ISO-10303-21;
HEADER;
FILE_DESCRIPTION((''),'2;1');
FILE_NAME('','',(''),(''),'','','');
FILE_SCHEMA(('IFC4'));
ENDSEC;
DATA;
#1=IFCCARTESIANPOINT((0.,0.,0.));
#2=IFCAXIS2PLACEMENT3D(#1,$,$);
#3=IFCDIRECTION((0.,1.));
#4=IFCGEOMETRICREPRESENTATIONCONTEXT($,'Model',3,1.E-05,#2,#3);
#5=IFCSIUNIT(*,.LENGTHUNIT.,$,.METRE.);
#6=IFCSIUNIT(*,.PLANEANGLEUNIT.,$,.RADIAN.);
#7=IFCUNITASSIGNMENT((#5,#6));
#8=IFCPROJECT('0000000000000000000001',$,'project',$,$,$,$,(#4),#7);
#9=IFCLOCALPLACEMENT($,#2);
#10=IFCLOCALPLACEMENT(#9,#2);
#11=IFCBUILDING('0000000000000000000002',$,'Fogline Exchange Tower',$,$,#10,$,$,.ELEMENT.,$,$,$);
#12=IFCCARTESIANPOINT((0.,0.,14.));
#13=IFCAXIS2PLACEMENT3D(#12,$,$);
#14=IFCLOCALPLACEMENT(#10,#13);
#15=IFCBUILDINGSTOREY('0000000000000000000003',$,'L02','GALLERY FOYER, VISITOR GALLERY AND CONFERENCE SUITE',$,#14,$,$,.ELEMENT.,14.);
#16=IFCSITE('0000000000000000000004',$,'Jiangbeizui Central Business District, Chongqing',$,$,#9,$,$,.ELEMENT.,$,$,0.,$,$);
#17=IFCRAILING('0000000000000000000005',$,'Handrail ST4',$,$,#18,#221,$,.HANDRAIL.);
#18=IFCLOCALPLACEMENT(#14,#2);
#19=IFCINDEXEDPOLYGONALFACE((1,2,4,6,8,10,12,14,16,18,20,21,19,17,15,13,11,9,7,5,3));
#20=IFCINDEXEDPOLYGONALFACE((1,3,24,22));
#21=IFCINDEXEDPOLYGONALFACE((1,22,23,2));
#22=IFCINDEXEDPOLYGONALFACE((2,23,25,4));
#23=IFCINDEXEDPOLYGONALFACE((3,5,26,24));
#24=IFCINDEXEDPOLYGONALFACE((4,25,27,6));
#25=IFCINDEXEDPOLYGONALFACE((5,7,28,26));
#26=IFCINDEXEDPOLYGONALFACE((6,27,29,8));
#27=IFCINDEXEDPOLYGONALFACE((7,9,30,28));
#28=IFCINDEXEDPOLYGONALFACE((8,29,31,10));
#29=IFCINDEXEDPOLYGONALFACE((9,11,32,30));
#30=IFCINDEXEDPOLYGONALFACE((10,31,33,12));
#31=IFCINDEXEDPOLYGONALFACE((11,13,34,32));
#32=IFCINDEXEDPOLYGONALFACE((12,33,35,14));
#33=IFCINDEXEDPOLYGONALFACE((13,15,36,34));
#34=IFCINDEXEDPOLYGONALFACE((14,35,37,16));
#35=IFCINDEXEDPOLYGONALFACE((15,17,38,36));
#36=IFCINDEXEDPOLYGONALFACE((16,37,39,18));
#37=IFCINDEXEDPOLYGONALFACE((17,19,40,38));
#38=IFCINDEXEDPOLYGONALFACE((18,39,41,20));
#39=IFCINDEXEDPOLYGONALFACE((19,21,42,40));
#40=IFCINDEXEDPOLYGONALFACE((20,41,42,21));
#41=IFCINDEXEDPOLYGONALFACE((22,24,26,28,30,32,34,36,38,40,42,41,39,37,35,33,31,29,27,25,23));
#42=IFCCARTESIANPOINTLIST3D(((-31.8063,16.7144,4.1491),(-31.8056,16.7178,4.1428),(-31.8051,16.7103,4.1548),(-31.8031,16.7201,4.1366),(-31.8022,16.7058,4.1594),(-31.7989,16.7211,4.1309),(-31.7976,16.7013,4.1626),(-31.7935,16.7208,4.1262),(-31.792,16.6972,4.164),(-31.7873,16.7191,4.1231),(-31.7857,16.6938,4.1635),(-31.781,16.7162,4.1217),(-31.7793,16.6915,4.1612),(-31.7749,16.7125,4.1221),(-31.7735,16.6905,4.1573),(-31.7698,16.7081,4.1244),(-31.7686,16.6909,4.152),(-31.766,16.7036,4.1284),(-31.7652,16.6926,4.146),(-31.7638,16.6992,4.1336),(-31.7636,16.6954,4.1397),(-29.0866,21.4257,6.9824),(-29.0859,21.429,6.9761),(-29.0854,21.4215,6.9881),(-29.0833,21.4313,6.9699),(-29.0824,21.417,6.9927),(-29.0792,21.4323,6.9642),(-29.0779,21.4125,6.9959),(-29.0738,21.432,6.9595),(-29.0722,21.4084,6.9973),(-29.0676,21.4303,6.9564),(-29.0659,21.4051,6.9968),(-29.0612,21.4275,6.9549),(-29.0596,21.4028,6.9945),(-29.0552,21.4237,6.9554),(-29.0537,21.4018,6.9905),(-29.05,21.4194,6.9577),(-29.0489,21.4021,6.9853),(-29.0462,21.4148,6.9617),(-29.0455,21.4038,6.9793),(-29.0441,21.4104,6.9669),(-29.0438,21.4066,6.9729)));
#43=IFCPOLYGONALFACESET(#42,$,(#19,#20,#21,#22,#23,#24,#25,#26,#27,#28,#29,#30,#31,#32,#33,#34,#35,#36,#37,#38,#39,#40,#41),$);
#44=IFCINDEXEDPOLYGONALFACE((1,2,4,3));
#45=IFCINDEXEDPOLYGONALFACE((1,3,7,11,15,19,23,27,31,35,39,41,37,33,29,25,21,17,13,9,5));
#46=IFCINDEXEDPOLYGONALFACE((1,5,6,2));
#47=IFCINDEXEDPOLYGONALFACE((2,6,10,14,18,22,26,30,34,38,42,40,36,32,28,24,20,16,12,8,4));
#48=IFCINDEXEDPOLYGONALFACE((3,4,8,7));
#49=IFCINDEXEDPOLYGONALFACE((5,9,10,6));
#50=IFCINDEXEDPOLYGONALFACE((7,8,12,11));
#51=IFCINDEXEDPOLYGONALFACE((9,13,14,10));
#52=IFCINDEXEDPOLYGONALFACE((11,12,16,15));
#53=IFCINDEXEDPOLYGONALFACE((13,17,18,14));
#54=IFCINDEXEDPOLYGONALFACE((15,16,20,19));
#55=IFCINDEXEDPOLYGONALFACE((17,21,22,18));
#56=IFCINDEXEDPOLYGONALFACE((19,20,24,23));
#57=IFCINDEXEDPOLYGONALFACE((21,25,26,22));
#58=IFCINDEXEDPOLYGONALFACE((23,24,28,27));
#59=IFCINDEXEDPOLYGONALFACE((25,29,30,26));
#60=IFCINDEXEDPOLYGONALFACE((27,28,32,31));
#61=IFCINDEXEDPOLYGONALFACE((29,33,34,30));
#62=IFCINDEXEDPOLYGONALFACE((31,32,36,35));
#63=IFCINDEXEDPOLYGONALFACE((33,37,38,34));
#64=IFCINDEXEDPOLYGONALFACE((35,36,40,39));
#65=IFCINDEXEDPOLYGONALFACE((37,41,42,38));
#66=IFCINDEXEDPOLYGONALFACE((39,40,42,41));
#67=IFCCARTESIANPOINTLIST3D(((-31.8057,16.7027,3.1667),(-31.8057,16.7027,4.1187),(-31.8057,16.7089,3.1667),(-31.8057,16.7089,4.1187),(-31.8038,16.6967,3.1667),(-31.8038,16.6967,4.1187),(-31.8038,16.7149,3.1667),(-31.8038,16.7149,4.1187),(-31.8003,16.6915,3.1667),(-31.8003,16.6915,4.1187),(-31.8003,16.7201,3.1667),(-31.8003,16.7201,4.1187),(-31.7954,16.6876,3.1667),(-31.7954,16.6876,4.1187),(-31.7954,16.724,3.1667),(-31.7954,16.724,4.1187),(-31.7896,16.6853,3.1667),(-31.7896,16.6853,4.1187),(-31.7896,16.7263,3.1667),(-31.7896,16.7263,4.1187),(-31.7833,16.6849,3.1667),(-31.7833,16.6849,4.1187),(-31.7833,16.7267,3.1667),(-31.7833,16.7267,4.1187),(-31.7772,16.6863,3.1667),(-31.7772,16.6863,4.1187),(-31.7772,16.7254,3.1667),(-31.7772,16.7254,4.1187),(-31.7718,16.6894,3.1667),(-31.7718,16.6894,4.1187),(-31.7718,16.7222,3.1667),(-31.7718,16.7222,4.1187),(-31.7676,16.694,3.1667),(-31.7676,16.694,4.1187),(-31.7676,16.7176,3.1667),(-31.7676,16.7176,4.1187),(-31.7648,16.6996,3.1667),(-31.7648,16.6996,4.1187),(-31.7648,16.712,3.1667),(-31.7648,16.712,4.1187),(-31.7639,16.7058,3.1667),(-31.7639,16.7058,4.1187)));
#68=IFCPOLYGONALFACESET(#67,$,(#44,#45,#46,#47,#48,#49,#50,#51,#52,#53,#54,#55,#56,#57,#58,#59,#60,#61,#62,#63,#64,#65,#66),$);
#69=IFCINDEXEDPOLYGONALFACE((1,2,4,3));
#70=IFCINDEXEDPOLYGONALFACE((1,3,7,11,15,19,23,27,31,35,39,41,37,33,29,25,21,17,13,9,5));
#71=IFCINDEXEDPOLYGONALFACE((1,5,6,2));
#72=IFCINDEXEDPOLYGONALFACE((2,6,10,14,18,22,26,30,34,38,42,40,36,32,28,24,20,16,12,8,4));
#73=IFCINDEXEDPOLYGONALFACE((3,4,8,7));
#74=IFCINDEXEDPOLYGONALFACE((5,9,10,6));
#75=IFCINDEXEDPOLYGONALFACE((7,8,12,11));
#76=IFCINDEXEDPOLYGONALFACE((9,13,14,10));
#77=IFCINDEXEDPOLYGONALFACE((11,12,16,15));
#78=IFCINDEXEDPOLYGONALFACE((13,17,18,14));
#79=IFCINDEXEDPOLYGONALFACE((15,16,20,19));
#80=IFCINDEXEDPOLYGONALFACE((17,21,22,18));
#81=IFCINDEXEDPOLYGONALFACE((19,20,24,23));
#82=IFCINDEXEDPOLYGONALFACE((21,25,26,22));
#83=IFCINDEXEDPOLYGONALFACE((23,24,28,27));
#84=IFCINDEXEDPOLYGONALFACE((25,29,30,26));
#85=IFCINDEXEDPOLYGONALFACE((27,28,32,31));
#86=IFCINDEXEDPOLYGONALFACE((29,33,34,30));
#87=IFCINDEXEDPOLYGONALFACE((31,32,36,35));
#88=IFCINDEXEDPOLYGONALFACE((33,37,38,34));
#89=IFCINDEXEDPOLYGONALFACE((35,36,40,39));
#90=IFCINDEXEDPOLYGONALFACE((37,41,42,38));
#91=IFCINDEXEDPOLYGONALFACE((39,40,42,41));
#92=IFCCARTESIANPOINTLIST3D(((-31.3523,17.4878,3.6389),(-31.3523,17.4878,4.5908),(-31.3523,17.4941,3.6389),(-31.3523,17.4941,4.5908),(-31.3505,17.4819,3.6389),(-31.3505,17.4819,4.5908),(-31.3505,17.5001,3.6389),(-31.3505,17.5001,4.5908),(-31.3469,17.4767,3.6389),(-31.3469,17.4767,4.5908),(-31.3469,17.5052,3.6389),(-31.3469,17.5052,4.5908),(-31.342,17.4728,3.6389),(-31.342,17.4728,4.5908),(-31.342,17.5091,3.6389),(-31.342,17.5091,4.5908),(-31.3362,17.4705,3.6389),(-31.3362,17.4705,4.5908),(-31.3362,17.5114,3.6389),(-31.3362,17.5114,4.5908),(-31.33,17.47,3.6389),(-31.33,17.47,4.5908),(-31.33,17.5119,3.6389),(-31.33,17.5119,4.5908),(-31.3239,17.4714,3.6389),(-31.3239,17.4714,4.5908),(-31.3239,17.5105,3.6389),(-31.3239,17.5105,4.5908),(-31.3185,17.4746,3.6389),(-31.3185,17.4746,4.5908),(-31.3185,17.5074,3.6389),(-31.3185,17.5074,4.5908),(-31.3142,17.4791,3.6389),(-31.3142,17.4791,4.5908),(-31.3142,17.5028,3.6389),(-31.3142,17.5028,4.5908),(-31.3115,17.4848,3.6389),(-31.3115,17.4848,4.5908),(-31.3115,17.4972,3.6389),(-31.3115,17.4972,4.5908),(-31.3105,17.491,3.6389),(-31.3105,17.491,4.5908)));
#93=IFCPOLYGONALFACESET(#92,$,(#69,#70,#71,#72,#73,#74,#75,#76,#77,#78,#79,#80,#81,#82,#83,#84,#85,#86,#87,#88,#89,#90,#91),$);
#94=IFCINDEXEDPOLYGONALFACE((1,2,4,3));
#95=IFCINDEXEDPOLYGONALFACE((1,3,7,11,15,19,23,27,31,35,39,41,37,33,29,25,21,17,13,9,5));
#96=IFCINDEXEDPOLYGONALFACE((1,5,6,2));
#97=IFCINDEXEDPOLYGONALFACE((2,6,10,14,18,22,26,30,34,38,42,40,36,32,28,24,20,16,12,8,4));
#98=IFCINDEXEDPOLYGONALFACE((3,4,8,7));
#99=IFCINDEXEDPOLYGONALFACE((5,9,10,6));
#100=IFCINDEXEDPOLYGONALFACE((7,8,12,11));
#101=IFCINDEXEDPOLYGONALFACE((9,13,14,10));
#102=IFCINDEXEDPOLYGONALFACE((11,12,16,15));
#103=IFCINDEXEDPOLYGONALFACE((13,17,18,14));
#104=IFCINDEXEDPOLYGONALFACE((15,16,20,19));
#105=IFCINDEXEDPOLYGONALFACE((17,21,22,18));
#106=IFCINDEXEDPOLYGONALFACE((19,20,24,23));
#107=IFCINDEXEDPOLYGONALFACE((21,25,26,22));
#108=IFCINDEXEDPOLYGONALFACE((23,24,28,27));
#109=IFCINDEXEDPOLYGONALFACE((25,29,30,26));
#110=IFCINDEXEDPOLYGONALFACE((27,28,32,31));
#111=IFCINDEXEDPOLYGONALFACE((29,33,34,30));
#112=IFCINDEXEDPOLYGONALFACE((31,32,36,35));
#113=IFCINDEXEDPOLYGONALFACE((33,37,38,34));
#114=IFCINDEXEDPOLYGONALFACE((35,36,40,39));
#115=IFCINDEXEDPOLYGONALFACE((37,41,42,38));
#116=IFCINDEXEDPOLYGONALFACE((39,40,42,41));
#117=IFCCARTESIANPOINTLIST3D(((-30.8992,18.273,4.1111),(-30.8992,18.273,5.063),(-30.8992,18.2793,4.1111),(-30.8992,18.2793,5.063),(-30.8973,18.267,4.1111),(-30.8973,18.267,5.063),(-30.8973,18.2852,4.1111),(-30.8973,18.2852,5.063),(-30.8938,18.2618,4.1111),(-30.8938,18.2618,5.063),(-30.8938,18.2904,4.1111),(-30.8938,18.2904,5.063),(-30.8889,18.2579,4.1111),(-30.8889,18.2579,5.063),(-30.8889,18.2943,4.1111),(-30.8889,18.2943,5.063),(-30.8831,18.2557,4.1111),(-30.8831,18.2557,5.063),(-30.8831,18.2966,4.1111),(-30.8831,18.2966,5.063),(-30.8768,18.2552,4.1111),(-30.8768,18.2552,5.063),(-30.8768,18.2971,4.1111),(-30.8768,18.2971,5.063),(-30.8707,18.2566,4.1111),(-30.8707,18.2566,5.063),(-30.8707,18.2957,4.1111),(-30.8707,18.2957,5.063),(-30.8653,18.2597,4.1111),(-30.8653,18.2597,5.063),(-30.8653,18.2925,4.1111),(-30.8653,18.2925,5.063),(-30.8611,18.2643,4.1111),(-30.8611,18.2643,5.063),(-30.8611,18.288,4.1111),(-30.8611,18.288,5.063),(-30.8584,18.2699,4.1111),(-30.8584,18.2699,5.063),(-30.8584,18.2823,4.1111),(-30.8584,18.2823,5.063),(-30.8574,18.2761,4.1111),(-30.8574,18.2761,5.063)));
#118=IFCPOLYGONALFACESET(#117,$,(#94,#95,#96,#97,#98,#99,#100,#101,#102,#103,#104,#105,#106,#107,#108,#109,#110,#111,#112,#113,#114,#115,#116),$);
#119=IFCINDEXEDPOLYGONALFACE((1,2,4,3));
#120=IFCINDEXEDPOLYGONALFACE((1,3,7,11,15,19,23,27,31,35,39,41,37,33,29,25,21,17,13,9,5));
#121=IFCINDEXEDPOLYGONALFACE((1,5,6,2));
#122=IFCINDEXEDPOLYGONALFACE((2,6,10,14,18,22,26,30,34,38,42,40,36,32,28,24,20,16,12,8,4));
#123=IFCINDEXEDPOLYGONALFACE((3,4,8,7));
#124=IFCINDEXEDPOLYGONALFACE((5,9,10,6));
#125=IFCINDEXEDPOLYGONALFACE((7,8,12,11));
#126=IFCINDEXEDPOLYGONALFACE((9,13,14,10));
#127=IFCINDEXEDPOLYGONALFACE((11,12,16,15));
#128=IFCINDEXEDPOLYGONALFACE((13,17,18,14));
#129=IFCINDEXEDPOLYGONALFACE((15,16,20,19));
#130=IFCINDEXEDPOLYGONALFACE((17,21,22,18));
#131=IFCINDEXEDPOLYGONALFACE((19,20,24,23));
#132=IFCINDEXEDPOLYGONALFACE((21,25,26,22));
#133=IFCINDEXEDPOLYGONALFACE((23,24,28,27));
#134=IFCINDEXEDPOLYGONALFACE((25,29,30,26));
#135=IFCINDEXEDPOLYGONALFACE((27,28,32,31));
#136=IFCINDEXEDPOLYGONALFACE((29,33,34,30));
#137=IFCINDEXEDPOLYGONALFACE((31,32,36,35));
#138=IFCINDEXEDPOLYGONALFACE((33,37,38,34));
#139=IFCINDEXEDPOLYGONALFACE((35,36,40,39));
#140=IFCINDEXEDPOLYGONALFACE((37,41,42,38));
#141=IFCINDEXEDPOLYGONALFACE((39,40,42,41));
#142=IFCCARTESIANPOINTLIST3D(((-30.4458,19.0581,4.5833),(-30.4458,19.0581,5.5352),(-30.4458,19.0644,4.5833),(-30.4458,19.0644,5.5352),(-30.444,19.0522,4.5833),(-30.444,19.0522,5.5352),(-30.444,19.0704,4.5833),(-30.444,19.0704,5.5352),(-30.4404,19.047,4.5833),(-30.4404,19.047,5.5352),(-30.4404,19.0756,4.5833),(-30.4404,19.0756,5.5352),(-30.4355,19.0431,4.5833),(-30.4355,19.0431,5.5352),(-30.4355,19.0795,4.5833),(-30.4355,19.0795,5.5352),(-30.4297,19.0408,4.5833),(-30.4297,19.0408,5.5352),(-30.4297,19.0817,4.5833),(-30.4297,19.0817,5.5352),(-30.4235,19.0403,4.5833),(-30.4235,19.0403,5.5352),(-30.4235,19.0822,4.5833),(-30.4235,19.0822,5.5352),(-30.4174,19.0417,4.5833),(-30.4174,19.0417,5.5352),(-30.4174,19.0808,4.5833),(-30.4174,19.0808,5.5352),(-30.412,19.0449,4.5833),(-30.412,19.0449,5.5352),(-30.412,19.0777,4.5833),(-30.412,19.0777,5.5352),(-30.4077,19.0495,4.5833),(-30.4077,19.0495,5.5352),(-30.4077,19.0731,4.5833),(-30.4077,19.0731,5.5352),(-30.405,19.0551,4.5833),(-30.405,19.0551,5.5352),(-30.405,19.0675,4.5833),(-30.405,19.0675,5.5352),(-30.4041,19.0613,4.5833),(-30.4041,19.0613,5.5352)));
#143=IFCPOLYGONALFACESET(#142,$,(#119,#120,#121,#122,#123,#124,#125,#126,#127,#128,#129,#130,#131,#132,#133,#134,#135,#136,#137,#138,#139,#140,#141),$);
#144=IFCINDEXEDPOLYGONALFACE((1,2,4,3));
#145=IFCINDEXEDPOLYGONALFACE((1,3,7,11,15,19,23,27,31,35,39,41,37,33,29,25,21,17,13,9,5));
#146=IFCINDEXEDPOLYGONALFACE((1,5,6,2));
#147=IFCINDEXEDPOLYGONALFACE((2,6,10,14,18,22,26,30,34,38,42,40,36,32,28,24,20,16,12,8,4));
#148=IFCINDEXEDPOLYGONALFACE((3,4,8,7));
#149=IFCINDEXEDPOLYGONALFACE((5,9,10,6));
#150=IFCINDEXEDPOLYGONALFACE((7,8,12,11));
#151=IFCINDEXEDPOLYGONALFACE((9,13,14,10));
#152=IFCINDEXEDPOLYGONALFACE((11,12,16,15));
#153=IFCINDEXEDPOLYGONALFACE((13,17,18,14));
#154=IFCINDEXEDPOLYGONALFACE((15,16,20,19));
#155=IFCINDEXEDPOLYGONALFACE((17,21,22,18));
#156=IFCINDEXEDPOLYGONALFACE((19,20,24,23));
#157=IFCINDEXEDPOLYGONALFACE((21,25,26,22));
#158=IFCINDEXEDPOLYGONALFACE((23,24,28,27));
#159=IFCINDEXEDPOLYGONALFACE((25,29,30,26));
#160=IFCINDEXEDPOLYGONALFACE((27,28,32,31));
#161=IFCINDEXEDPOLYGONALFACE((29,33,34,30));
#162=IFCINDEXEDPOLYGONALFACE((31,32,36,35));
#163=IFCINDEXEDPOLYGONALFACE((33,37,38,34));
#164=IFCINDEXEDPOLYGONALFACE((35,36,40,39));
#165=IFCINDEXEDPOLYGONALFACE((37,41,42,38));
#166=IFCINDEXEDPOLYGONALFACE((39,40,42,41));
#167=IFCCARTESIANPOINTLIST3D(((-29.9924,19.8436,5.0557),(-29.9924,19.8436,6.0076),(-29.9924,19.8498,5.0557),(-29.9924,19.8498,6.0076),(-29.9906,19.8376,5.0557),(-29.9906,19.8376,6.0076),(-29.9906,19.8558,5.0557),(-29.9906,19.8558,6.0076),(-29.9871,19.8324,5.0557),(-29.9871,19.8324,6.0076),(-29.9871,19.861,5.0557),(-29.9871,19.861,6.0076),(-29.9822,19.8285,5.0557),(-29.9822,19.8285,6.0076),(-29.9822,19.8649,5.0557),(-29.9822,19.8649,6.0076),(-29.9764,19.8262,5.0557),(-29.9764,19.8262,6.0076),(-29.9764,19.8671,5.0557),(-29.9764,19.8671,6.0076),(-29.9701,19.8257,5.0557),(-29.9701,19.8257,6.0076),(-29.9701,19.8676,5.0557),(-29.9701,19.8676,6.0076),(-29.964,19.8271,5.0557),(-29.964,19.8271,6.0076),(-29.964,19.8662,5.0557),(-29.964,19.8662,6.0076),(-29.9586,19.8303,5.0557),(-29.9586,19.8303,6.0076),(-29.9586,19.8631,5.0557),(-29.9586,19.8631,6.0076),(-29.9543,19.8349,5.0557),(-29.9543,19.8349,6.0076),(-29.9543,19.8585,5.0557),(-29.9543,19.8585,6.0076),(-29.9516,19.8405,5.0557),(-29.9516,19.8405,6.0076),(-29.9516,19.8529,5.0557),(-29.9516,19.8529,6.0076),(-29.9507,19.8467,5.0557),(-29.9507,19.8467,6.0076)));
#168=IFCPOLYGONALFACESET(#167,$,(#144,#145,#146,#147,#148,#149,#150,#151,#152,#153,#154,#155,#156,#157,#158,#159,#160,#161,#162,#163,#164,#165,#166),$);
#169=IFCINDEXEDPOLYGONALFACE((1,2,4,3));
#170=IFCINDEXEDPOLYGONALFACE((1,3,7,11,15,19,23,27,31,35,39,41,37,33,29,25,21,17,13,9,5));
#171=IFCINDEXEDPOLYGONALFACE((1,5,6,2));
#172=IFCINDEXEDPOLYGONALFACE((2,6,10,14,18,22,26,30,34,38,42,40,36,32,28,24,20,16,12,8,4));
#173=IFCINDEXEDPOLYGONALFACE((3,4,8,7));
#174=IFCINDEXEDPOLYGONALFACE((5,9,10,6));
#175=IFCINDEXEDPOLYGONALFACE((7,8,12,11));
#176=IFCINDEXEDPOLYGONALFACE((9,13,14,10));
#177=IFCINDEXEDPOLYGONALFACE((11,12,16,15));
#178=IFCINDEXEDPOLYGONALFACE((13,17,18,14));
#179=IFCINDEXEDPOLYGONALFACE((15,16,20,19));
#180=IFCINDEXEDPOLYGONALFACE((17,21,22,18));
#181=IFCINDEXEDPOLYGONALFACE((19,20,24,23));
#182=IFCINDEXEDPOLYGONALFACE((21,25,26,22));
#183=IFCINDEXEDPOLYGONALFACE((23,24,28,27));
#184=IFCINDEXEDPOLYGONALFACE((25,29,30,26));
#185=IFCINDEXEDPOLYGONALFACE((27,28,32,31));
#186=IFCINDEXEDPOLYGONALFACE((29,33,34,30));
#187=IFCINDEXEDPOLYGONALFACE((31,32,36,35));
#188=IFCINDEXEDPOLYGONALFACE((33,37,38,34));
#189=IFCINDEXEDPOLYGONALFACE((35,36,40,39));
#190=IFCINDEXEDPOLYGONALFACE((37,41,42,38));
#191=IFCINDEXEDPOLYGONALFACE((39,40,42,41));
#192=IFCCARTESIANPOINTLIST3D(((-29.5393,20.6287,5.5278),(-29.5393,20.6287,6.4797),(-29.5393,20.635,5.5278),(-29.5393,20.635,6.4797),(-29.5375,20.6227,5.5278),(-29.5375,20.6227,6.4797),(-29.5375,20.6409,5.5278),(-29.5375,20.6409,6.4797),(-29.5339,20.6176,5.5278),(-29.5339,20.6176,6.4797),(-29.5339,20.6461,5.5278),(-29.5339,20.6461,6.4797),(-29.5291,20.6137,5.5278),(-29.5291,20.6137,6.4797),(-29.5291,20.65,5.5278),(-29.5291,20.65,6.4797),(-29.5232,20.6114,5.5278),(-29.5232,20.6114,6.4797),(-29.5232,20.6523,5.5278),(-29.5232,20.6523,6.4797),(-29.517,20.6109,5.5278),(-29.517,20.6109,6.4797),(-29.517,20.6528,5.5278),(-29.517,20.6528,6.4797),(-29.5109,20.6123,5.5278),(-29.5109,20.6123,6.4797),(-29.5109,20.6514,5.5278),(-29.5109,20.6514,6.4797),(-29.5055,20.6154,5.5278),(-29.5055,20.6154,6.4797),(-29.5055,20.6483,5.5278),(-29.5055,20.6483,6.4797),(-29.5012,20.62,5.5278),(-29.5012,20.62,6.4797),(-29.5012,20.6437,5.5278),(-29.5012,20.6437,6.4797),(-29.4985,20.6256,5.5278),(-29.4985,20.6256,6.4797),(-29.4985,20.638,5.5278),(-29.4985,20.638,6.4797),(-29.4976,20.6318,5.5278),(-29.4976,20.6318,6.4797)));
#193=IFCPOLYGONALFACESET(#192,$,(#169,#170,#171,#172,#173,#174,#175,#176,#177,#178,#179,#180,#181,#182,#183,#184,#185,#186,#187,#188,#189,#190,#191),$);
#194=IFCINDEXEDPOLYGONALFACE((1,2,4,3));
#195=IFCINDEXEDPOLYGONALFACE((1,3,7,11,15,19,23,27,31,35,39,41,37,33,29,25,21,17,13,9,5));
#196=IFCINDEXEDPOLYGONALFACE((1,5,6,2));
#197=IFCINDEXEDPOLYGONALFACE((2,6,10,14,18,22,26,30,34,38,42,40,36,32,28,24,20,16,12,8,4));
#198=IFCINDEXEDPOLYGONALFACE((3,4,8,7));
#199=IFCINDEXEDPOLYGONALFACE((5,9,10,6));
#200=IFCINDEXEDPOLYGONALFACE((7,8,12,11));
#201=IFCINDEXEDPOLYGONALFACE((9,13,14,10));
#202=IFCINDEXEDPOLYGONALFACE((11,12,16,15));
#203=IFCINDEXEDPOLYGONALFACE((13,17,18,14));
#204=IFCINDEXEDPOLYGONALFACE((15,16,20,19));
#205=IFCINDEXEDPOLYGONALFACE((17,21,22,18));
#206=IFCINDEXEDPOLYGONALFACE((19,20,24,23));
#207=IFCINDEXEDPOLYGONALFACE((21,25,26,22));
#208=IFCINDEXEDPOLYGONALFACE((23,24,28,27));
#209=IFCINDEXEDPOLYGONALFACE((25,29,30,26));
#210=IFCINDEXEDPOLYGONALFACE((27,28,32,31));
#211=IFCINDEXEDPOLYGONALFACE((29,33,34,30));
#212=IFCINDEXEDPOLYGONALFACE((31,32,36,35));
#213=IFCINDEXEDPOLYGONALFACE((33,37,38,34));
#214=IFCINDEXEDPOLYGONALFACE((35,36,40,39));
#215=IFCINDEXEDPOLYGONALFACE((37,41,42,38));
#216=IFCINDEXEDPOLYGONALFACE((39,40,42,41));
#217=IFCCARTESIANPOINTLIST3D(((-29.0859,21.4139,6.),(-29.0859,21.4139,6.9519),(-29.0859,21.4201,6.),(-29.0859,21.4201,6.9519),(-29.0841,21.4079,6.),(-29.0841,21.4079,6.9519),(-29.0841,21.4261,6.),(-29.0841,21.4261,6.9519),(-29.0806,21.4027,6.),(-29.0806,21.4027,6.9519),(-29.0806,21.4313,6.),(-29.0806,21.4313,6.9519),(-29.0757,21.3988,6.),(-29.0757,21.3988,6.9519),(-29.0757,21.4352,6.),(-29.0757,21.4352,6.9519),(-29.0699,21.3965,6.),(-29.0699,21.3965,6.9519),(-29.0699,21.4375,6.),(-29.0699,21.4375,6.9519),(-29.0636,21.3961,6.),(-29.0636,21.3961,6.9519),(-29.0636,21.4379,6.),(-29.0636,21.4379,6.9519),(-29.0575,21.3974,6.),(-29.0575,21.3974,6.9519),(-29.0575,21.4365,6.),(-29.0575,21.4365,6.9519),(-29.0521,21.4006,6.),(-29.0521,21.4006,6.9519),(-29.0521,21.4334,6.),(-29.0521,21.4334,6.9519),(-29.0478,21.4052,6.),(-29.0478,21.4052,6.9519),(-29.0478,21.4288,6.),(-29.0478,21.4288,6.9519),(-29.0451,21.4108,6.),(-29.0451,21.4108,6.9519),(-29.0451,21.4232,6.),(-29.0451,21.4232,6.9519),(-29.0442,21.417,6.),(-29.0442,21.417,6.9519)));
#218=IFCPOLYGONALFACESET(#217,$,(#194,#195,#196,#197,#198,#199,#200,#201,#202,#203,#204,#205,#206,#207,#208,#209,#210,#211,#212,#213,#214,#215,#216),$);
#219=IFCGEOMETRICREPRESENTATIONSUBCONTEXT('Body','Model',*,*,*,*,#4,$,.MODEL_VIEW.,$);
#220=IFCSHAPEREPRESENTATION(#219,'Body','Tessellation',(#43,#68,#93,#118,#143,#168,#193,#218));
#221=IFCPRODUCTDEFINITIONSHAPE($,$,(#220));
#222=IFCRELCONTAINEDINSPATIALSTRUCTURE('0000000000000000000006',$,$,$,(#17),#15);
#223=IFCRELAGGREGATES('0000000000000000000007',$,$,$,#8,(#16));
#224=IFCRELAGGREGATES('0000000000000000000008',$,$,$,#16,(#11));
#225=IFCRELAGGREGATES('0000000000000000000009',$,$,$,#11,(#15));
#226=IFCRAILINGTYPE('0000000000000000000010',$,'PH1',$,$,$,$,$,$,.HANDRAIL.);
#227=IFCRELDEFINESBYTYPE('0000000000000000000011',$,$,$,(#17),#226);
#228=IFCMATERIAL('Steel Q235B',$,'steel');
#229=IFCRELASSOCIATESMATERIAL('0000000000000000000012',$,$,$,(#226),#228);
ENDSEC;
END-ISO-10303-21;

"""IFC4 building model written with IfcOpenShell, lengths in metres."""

from ifc_helpers import new_model, si_unit, direction, frame, origin, origin_2d, place, context, subcontext, project, spatial, circle, extrude, material, type_object, element, save


model = new_model("IFC4")

# Units and contexts
model_context = context("Model", 3, precision=1e-05, world=origin(), true_north=direction((0.0, 1.0)))
body_context = subcontext(model_context, "Body", "Model", "MODEL_VIEW")
ifc_project = project(units=[si_unit("LENGTHUNIT", "METRE"), si_unit("PLANEANGLEUNIT", "RADIAN")], contexts=[model_context])

# Site, building, storey
site_placement = place(None, origin())
site = spatial("IfcSite", under=ifc_project, at=site_placement, Name="Jiangbeizui Central Business District, Chongqing", CompositionType="ELEMENT", RefElevation=0.0)
building_placement = place(site_placement, origin())
building = spatial("IfcBuilding", under=site, at=building_placement, Name="Fogline Exchange Tower", CompositionType="ELEMENT")
storey_placement = place(building_placement, frame((0.0, 0.0, 14.0)))
storey = spatial("IfcBuildingStorey", under=building, at=storey_placement, Name="L02", Description="GALLERY FOYER, VISITOR GALLERY AND CONFERENCE SUITE", CompositionType="ELEMENT", Elevation=14.0)

# Shared definitions
ifc_material_1 = material(Name="Steel Q235B", Category="steel")

# Railing
railing_type_1 = type_object("IfcRailingType", Name="PH1", PredefinedType="HANDRAIL", material=ifc_material_1)
railing_1_placement = place(storey_placement, frame((-31.7849, 16.7058, 3.1667)))
element("IfcRailing", 1, at=railing_1_placement, inside=storey, type_object=railing_type_1, Name="Handrail ST4", PredefinedType="HANDRAIL", context=body_context, shape_type="SweptSolid", body=[
    extrude(circle(Radius=0.0239, at=origin_2d()), frame((0.0, 0.0, 0.9761), z_axis=(0.443424, 0.76811, 0.461933), x_axis=(-0.866047, 0.499962, 0.0)), (0.0, 0.0, 1.0), 6.1335),
    extrude(circle(Radius=0.021, at=origin_2d()), origin(), (0.0, 0.0, 1.0), 0.9519),
    extrude(circle(Radius=0.021, at=origin_2d()), frame((0.4534, 0.7852, 0.4722)), (0.0, 0.0, 1.0), 0.9519),
    extrude(circle(Radius=0.021, at=origin_2d()), frame((0.9065, 1.5703, 0.9443)), (0.0, 0.0, 1.0), 0.9519),
    extrude(circle(Radius=0.021, at=origin_2d()), frame((1.3599, 2.3555, 1.4165)), (0.0, 0.0, 1.0), 0.9519),
    extrude(circle(Radius=0.021, at=origin_2d()), frame((1.8132, 3.1409, 1.8889)), (0.0, 0.0, 1.0), 0.9519),
    extrude(circle(Radius=0.021, at=origin_2d()), frame((2.2664, 3.926, 2.3611)), (0.0, 0.0, 1.0), 0.9519),
    extrude(circle(Radius=0.021, at=origin_2d()), frame((2.7197, 4.7112, 2.8333)), (0.0, 0.0, 1.0), 0.9519),
])

save(model, "model.ifc")
